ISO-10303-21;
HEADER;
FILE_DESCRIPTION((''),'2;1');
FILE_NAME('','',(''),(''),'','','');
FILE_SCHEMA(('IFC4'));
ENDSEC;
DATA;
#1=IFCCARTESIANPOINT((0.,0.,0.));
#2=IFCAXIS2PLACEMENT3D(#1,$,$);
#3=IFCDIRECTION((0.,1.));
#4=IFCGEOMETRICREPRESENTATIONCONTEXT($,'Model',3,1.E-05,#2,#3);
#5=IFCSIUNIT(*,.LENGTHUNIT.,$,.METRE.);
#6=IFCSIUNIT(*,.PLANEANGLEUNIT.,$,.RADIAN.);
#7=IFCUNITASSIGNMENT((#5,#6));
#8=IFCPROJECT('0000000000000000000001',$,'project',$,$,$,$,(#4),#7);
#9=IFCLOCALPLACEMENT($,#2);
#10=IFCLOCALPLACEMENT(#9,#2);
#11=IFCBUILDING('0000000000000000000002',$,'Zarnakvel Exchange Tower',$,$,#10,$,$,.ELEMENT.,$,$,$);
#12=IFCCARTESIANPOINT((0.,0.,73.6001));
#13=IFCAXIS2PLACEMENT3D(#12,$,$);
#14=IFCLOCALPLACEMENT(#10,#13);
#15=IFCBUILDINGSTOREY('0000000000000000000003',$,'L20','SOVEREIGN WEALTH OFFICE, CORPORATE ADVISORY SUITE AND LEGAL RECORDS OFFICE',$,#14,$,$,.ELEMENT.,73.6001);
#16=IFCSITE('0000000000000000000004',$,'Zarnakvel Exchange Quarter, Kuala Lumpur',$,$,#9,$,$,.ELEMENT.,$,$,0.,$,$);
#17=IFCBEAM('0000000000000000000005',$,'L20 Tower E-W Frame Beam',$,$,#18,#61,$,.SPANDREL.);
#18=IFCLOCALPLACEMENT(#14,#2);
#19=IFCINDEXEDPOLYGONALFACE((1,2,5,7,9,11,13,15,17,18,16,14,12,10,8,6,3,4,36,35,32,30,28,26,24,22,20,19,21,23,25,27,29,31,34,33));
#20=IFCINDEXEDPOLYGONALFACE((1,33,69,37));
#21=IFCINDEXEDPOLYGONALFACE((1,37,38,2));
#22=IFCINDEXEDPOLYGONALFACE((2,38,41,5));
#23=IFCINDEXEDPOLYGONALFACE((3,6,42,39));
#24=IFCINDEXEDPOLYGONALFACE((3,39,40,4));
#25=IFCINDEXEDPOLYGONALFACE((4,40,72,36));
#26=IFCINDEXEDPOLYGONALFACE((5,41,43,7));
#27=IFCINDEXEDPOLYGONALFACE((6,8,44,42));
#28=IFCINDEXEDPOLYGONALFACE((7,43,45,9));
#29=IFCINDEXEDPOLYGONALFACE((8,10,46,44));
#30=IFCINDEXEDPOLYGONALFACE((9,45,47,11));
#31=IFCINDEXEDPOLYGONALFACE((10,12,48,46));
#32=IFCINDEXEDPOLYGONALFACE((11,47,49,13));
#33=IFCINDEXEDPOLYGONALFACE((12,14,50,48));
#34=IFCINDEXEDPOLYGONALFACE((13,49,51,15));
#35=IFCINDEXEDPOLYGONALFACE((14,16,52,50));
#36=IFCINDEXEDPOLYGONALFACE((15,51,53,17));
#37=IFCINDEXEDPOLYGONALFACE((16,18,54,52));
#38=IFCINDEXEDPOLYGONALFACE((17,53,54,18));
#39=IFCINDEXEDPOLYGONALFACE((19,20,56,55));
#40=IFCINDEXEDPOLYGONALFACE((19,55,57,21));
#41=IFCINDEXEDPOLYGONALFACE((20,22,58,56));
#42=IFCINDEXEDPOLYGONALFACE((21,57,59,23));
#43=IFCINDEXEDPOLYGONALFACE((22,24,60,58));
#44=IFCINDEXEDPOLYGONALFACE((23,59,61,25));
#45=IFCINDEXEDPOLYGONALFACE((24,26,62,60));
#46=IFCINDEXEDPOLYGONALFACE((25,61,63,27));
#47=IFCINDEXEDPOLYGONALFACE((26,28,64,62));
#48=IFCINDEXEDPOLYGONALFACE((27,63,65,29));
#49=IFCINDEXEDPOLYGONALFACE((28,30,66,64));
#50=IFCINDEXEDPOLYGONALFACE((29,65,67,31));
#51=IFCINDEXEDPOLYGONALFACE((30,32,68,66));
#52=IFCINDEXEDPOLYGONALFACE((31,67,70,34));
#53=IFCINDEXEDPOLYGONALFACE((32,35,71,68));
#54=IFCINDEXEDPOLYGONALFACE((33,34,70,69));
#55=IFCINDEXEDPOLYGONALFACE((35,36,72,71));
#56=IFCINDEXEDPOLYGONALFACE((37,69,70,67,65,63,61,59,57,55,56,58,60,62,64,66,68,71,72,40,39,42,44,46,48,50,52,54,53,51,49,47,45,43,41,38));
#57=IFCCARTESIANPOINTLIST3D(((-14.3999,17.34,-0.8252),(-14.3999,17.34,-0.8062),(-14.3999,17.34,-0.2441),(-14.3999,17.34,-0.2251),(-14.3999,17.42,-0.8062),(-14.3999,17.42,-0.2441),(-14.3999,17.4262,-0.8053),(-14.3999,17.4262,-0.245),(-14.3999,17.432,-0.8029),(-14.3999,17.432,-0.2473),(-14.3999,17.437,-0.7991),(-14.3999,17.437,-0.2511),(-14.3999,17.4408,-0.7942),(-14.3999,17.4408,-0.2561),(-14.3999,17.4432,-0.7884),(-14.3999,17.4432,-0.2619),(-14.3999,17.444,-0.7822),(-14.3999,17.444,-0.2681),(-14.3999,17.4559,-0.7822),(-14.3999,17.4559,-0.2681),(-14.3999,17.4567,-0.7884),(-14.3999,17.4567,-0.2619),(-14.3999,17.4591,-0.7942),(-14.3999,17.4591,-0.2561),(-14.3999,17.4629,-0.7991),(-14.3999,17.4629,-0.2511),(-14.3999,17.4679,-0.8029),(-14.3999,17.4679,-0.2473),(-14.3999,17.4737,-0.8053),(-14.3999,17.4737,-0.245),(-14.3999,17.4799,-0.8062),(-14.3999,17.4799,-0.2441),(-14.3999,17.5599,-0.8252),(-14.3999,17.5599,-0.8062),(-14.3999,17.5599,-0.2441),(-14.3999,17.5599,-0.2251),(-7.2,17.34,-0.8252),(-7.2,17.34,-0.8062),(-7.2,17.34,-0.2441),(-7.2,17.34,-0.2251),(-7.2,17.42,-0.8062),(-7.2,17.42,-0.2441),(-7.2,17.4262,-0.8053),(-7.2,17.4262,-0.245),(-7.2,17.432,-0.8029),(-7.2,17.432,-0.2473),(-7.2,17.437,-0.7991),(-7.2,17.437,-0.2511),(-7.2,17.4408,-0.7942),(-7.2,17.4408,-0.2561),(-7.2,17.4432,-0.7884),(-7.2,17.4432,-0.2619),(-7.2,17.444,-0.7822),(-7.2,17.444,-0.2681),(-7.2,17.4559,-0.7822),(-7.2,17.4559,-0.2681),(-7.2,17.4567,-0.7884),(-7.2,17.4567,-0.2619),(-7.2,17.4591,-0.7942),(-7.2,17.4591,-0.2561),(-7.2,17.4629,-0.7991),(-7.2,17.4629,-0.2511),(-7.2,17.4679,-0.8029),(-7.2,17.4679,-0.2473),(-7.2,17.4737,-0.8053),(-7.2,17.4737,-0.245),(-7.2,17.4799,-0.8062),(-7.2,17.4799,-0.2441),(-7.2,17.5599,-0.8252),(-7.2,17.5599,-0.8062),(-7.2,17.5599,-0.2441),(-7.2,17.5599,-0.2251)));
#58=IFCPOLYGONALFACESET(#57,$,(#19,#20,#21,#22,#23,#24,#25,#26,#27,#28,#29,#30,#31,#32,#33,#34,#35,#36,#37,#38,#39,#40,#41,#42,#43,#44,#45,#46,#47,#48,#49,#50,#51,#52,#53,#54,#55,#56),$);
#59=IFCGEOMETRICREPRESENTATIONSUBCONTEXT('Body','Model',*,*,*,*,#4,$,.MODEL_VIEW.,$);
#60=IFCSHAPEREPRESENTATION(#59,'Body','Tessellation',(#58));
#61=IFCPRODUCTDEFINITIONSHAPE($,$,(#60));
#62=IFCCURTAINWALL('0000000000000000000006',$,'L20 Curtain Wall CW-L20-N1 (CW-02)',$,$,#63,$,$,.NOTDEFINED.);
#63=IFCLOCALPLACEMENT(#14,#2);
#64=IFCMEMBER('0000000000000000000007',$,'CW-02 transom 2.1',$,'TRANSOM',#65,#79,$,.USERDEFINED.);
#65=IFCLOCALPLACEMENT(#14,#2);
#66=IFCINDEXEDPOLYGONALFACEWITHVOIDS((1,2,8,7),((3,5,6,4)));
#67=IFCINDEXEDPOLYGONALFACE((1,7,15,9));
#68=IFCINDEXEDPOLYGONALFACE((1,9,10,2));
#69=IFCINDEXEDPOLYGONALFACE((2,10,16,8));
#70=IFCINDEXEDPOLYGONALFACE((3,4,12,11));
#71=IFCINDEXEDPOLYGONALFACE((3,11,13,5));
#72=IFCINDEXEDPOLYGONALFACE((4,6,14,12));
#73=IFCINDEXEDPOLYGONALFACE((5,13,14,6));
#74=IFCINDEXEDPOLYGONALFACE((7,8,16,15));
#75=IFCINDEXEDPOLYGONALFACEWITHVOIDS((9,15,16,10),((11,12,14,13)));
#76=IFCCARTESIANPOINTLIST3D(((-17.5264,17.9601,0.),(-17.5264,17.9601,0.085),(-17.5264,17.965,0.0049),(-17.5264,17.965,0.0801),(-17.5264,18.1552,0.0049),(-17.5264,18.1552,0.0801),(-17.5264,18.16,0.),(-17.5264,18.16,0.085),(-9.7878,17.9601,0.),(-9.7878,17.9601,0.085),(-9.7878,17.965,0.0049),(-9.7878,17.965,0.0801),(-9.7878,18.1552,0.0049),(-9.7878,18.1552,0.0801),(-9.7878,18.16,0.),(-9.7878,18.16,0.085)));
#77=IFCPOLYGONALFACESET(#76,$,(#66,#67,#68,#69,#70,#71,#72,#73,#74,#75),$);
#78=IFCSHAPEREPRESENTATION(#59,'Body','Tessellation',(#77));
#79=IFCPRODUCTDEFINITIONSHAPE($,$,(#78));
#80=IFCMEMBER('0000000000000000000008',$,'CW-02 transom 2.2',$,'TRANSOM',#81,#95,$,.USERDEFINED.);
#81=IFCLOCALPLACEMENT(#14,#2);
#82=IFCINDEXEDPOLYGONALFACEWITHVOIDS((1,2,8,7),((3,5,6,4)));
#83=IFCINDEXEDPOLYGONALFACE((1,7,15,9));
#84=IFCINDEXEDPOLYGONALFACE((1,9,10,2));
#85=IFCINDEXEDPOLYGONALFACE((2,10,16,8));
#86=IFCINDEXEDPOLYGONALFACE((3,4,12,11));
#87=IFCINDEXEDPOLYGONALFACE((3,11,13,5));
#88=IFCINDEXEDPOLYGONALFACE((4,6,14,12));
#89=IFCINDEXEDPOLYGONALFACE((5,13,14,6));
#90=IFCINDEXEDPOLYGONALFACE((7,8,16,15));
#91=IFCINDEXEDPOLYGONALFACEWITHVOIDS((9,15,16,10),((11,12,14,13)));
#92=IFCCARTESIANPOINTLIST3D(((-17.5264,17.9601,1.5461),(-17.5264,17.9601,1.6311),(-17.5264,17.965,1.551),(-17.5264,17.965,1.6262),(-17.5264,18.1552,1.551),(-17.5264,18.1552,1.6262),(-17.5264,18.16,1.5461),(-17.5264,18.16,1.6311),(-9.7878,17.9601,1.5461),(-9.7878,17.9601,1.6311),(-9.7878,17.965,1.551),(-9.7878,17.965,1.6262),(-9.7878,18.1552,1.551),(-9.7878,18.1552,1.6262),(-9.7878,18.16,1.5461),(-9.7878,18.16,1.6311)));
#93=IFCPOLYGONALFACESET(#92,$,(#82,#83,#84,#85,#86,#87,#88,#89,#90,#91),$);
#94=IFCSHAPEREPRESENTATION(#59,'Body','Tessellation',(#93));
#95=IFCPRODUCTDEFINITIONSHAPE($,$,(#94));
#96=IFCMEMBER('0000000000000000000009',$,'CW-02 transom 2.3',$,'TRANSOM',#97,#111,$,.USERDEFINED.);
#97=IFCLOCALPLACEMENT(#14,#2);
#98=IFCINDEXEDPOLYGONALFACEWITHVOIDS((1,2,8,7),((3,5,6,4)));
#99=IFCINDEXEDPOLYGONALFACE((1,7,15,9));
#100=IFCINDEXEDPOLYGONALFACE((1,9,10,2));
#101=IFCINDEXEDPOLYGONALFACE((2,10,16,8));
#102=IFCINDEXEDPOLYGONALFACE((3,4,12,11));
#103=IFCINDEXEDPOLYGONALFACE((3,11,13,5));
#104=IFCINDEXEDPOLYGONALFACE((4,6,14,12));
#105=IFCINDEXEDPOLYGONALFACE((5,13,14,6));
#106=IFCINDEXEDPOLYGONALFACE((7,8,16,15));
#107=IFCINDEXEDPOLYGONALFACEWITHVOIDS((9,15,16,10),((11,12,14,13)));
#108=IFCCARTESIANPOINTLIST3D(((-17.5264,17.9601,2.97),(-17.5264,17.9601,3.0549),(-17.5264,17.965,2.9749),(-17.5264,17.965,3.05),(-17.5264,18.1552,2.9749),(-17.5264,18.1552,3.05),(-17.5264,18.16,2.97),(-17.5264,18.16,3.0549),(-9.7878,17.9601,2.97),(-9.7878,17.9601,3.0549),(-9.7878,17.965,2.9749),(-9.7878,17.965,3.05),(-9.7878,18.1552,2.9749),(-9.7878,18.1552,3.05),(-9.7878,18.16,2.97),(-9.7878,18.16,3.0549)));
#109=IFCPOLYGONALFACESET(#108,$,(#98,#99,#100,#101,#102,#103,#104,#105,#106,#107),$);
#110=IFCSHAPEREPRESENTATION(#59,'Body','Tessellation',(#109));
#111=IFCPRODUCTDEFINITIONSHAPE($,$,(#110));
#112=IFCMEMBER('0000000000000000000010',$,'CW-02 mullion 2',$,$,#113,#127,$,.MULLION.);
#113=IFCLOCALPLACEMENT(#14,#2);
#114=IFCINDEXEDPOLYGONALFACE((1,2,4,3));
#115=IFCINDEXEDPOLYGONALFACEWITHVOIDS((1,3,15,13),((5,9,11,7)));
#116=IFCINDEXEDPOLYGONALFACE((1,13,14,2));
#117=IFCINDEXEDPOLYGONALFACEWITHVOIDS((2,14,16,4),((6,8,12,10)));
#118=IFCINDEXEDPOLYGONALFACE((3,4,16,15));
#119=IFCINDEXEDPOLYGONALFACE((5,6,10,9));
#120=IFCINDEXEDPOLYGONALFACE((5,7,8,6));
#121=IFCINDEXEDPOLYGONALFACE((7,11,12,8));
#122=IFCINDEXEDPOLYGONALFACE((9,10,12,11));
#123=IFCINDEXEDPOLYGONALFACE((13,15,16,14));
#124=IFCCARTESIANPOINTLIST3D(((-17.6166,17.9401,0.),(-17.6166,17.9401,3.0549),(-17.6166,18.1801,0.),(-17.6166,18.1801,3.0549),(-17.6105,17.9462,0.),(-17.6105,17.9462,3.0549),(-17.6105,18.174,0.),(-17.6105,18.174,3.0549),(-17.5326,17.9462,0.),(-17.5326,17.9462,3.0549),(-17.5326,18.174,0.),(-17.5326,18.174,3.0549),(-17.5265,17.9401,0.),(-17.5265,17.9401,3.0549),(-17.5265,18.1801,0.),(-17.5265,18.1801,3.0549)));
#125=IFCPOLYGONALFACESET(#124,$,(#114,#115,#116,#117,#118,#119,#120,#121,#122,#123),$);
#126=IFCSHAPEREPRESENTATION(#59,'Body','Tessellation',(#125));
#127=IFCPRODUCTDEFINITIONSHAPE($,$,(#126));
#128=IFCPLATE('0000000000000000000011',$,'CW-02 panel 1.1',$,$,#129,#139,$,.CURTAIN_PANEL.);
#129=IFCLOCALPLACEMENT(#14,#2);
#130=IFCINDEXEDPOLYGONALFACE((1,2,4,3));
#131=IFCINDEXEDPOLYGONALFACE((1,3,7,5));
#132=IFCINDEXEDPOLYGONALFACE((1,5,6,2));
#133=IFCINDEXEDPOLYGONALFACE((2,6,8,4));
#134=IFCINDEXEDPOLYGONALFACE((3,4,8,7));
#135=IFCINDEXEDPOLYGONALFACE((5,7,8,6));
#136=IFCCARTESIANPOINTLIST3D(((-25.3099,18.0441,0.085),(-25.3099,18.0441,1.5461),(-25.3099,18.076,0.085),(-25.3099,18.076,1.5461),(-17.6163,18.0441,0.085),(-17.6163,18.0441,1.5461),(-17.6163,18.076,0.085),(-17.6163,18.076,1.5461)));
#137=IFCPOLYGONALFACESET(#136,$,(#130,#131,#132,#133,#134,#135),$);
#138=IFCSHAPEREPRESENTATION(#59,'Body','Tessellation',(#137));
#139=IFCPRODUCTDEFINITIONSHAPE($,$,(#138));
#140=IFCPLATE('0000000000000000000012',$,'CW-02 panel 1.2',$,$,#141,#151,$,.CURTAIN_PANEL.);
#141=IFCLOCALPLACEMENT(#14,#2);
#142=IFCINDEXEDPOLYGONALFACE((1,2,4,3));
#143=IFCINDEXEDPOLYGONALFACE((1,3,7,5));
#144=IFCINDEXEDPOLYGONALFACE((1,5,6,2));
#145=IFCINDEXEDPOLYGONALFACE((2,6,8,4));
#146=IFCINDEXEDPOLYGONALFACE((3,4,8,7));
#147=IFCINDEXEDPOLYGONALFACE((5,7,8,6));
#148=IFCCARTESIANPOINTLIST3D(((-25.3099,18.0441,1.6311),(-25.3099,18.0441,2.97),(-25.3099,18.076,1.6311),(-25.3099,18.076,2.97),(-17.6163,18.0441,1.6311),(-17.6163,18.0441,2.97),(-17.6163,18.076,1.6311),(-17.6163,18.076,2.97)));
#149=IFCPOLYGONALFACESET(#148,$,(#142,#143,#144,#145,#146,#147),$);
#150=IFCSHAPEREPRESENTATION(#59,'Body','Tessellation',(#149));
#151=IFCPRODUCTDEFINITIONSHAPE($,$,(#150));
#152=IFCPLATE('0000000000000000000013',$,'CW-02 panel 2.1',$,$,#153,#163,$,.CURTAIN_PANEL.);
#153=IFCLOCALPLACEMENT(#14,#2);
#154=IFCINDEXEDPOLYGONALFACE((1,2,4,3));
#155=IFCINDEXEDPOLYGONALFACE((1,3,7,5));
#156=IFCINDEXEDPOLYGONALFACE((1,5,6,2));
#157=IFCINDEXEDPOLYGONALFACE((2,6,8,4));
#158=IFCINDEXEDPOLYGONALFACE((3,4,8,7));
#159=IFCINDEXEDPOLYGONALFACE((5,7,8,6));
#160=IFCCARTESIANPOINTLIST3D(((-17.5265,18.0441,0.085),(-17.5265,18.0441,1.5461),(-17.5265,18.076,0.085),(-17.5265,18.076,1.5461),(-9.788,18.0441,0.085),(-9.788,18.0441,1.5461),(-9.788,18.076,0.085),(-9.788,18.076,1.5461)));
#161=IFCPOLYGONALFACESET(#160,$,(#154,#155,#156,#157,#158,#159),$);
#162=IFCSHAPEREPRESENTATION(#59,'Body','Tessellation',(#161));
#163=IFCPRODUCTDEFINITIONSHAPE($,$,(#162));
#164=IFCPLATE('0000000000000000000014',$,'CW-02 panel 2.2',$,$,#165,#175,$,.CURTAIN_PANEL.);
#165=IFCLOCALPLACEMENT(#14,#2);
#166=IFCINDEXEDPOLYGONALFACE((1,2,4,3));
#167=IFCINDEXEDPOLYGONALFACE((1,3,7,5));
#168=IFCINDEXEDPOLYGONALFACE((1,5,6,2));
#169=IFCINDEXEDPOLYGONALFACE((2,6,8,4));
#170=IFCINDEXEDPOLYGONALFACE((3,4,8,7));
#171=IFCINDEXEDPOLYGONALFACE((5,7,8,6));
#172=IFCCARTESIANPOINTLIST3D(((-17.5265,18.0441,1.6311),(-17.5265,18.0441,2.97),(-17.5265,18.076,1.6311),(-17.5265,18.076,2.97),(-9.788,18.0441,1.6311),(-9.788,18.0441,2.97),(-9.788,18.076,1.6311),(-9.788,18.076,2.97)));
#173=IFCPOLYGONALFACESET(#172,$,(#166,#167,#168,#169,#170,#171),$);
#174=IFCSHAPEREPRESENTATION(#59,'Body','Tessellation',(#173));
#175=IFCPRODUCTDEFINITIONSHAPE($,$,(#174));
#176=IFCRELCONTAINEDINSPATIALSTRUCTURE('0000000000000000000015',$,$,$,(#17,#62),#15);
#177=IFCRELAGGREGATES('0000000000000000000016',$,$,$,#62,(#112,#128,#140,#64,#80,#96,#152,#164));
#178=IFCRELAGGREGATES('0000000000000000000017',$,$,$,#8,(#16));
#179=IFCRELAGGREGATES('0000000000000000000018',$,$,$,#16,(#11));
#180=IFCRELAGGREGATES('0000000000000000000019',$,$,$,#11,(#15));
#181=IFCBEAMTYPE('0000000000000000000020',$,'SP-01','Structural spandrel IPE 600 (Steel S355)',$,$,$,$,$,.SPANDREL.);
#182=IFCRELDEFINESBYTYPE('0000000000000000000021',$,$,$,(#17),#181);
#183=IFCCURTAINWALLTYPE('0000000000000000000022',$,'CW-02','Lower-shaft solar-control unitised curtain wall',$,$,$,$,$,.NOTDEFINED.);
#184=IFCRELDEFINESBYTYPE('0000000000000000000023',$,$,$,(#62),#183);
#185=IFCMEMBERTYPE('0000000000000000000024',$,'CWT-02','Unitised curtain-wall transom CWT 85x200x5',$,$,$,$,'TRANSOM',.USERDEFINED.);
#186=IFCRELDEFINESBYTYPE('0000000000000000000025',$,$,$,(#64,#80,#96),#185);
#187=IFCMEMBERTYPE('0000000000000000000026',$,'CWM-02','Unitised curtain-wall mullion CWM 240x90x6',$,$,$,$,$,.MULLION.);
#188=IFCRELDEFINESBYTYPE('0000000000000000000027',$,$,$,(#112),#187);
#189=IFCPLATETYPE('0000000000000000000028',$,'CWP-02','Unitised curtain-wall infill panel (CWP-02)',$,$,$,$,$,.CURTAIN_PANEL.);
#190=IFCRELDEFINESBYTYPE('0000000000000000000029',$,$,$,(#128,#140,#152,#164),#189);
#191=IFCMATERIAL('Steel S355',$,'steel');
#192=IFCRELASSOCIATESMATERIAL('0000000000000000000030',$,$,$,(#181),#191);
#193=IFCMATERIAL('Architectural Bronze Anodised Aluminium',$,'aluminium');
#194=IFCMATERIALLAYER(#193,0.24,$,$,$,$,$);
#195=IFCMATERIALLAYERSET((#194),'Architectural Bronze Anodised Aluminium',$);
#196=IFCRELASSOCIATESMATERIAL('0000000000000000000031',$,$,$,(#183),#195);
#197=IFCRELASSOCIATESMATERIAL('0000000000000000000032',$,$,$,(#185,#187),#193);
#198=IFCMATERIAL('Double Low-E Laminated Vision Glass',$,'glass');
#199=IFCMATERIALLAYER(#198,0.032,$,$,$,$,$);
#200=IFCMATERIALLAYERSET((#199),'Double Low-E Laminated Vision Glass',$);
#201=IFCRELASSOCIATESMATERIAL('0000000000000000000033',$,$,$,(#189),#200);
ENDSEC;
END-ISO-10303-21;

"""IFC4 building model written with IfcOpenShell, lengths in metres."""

from ifc_helpers import new_model, si_unit, direction, frame, origin, origin_2d, place, context, subcontext, project, spatial, rectangle, hollow_rectangle, i_section, extrude, source, transform, mapped, material, layer, layer_set, material_profile, profile_set, type_object, element, aggregate, save


model = new_model("IFC4")

# Units and contexts
model_context = context("Model", 3, precision=1e-05, world=origin(), true_north=direction((0.0, 1.0)))
body_context = subcontext(model_context, "Body", "Model", "MODEL_VIEW")
ifc_project = project(units=[si_unit("LENGTHUNIT", "METRE"), si_unit("PLANEANGLEUNIT", "RADIAN")], contexts=[model_context])

# Site, building, storey
site_placement = place(None, origin())
site = spatial("IfcSite", under=ifc_project, at=site_placement, Name="Zarnakvel Exchange Quarter, Kuala Lumpur", CompositionType="ELEMENT", RefElevation=0.0)
building_placement = place(site_placement, origin())
building = spatial("IfcBuilding", under=site, at=building_placement, Name="Zarnakvel Exchange Tower", CompositionType="ELEMENT")
storey_placement = place(building_placement, frame((0.0, 0.0, 73.6001)))
storey = spatial("IfcBuildingStorey", under=building, at=storey_placement, Name="L20", Description="SOVEREIGN WEALTH OFFICE, CORPORATE ADVISORY SUITE AND LEGAL RECORDS OFFICE", CompositionType="ELEMENT", Elevation=73.6001)

# Beam
ifc_material_1 = material(Name="Steel S355", Category="steel")
ifc_material_profile_1 = material_profile(ifc_material_1, i_section(OverallWidth=0.22, OverallDepth=0.6001, WebThickness=0.012, FlangeThickness=0.019, FilletRadius=0.0239, at=origin_2d()))
ifc_profile_set_1 = profile_set([ifc_material_profile_1], Name="Steel S355")
beam_type_1 = type_object("IfcBeamType", Name="SP-01", Description="Structural spandrel IPE 600 (Steel S355)", PredefinedType="SPANDREL", material=ifc_profile_set_1)
beam_1_placement = place(storey_placement, frame((-14.3999, 17.45, -0.5251), z_axis=(1.0, 0.0, 0.0), x_axis=(0.0, 1.0, 0.0)))
element("IfcBeam", 1, at=beam_1_placement, inside=storey, type_object=beam_type_1, Name="L20 Tower E-W Frame Beam", PredefinedType="SPANDREL", context=body_context, shape_type="SweptSolid", body=[
    extrude(i_section(OverallWidth=0.22, OverallDepth=0.6001, WebThickness=0.012, FlangeThickness=0.019, FilletRadius=0.0239, at=origin_2d()), origin(), (0.0, 0.0, 1.0), 7.2),
])

# Curtain wall, members, plates
ifc_material_2 = material(Name="Architectural Bronze Anodised Aluminium", Category="aluminium")
ifc_layer_1 = layer(ifc_material_2, 0.24)
ifc_layer_set_1 = layer_set([ifc_layer_1], Name="Architectural Bronze Anodised Aluminium")
curtain_wall_type = type_object("IfcCurtainWallType", Name="CW-02", Description="Lower-shaft solar-control unitised curtain wall", PredefinedType="NOTDEFINED", material=ifc_layer_set_1)
curtain_wall_placement = place(storey_placement, origin())
curtain_wall = element("IfcCurtainWall", 2, at=curtain_wall_placement, inside=storey, type_object=curtain_wall_type, Name="L20 Curtain Wall CW-L20-N1 (CW-02)", PredefinedType="NOTDEFINED")
ifc_material_profile_2 = material_profile(ifc_material_2, hollow_rectangle(XDim=0.2, YDim=0.085, WallThickness=0.0049, at=origin_2d()))
ifc_profile_set_2 = profile_set([ifc_material_profile_2], Name="Architectural Bronze Anodised Aluminium")
member_type_1 = type_object("IfcMemberType", Name="CWT-02", Description="Unitised curtain-wall transom CWT 85x200x5", ElementType="TRANSOM", PredefinedType="USERDEFINED", material=ifc_profile_set_2)
shared_shape_1 = source(origin(), body_context, "Body", "SweptSolid", [
    extrude(hollow_rectangle(XDim=0.2, YDim=0.085, WallThickness=0.0049, at=origin_2d()), origin(), (0.0, 0.0, 1.0), 7.7385),
])
member_1_placement = place(storey_placement, frame((-17.5264, 18.0601, 0.0425), z_axis=(1.0, 0.0, 0.0), x_axis=(0.0, 1.0, 0.0)))
member_1 = element("IfcMember", 3, at=member_1_placement, type_object=member_type_1, Name="CW-02 transom 2.1", ObjectType="TRANSOM", PredefinedType="USERDEFINED", context=body_context, shape_type="MappedRepresentation", body=[
    mapped(shared_shape_1, transform((0.0, 0.0, 0.0), x_axis=(1.0, 0.0, 0.0), y_axis=(0.0, 1.0, 0.0), z_axis=(0.0, 0.0, 1.0), scale=1.0)),
])
member_2_placement = place(storey_placement, frame((-17.5264, 18.0601, 1.5886), z_axis=(1.0, 0.0, 0.0), x_axis=(0.0, 1.0, 0.0)))
member_2 = element("IfcMember", 4, at=member_2_placement, type_object=member_type_1, Name="CW-02 transom 2.2", ObjectType="TRANSOM", PredefinedType="USERDEFINED", context=body_context, shape_type="MappedRepresentation", body=[
    mapped(shared_shape_1, transform((0.0, 0.0, 0.0), x_axis=(1.0, 0.0, 0.0), y_axis=(0.0, 1.0, 0.0), z_axis=(0.0, 0.0, 1.0), scale=1.0)),
])
member_3_placement = place(storey_placement, frame((-17.5264, 18.0601, 3.0125), z_axis=(1.0, 0.0, 0.0), x_axis=(0.0, 1.0, 0.0)))
member_3 = element("IfcMember", 5, at=member_3_placement, type_object=member_type_1, Name="CW-02 transom 2.3", ObjectType="TRANSOM", PredefinedType="USERDEFINED", context=body_context, shape_type="MappedRepresentation", body=[
    mapped(shared_shape_1, transform((0.0, 0.0, 0.0), x_axis=(1.0, 0.0, 0.0), y_axis=(0.0, 1.0, 0.0), z_axis=(0.0, 0.0, 1.0), scale=1.0)),
])
ifc_material_profile_3 = material_profile(ifc_material_2, hollow_rectangle(XDim=0.24, YDim=0.0901, WallThickness=0.0061, at=origin_2d()))
ifc_profile_set_3 = profile_set([ifc_material_profile_3], Name="Architectural Bronze Anodised Aluminium")
member_type_2 = type_object("IfcMemberType", Name="CWM-02", Description="Unitised curtain-wall mullion CWM 240x90x6", PredefinedType="MULLION", material=ifc_profile_set_3)
shared_shape_2 = source(origin(), body_context, "Body", "SweptSolid", [
    extrude(hollow_rectangle(XDim=0.24, YDim=0.0901, WallThickness=0.0061, at=origin_2d()), origin(), (0.0, 0.0, 1.0), 3.0549),
])
member_4_placement = place(storey_placement, frame((-17.5715, 18.0601, 0.0), z_axis=(0.0, 0.0, 1.0), x_axis=(0.0, 1.0, 0.0)))
member_4 = element("IfcMember", 6, at=member_4_placement, type_object=member_type_2, Name="CW-02 mullion 2", PredefinedType="MULLION", context=body_context, shape_type="MappedRepresentation", body=[
    mapped(shared_shape_2, transform((0.0, 0.0, 0.0), x_axis=(1.0, 0.0, 0.0), y_axis=(0.0, 1.0, 0.0), z_axis=(0.0, 0.0, 1.0), scale=1.0)),
])
ifc_material_3 = material(Name="Double Low-E Laminated Vision Glass", Category="glass")
ifc_layer_2 = layer(ifc_material_3, 0.032)
ifc_layer_set_2 = layer_set([ifc_layer_2], Name="Double Low-E Laminated Vision Glass")
plate_type = type_object("IfcPlateType", Name="CWP-02", Description="Unitised curtain-wall infill panel (CWP-02)", PredefinedType="CURTAIN_PANEL", material=ifc_layer_set_2)
shared_shape_3 = source(origin(), body_context, "Body", "SweptSolid", [
    extrude(rectangle(XDim=7.6936, YDim=0.032, at=origin_2d()), origin(), (0.0, 0.0, 1.0), 1.4612),
])
plate_1_placement = place(storey_placement, frame((-21.4631, 18.0601, 0.085), z_axis=(0.0, 0.0, 1.0), x_axis=(1.0, 0.0, 0.0)))
plate_1 = element("IfcPlate", 7, at=plate_1_placement, type_object=plate_type, Name="CW-02 panel 1.1", PredefinedType="CURTAIN_PANEL", context=body_context, shape_type="MappedRepresentation", body=[
    mapped(shared_shape_3, transform((0.0, 0.0, 0.0), x_axis=(1.0, 0.0, 0.0), y_axis=(0.0, 1.0, 0.0), z_axis=(0.0, 0.0, 1.0), scale=1.0)),
])
shared_shape_4 = source(origin(), body_context, "Body", "SweptSolid", [
    extrude(rectangle(XDim=7.6936, YDim=0.032, at=origin_2d()), origin(), (0.0, 0.0, 1.0), 1.3389),
])
plate_2_placement = place(storey_placement, frame((-21.4631, 18.0601, 1.6311), z_axis=(0.0, 0.0, 1.0), x_axis=(1.0, 0.0, 0.0)))
plate_2 = element("IfcPlate", 8, at=plate_2_placement, type_object=plate_type, Name="CW-02 panel 1.2", PredefinedType="CURTAIN_PANEL", context=body_context, shape_type="MappedRepresentation", body=[
    mapped(shared_shape_4, transform((0.0, 0.0, 0.0), x_axis=(1.0, 0.0, 0.0), y_axis=(0.0, 1.0, 0.0), z_axis=(0.0, 0.0, 1.0), scale=1.0)),
])
shared_shape_5 = source(origin(), body_context, "Body", "SweptSolid", [
    extrude(rectangle(XDim=7.7385, YDim=0.032, at=origin_2d()), origin(), (0.0, 0.0, 1.0), 1.4612),
])
plate_3_placement = place(storey_placement, frame((-13.6572, 18.0601, 0.085), z_axis=(0.0, 0.0, 1.0), x_axis=(1.0, 0.0, 0.0)))
plate_3 = element("IfcPlate", 9, at=plate_3_placement, type_object=plate_type, Name="CW-02 panel 2.1", PredefinedType="CURTAIN_PANEL", context=body_context, shape_type="MappedRepresentation", body=[
    mapped(shared_shape_5, transform((0.0, 0.0, 0.0), x_axis=(1.0, 0.0, 0.0), y_axis=(0.0, 1.0, 0.0), z_axis=(0.0, 0.0, 1.0), scale=1.0)),
])
shared_shape_6 = source(origin(), body_context, "Body", "SweptSolid", [
    extrude(rectangle(XDim=7.7385, YDim=0.032, at=origin_2d()), origin(), (0.0, 0.0, 1.0), 1.3389),
])
plate_4_placement = place(storey_placement, frame((-13.6572, 18.0601, 1.6311), z_axis=(0.0, 0.0, 1.0), x_axis=(1.0, 0.0, 0.0)))
plate_4 = element("IfcPlate", 10, at=plate_4_placement, type_object=plate_type, Name="CW-02 panel 2.2", PredefinedType="CURTAIN_PANEL", context=body_context, shape_type="MappedRepresentation", body=[
    mapped(shared_shape_6, transform((0.0, 0.0, 0.0), x_axis=(1.0, 0.0, 0.0), y_axis=(0.0, 1.0, 0.0), z_axis=(0.0, 0.0, 1.0), scale=1.0)),
])
aggregate(curtain_wall, [member_4, plate_1, plate_2, member_1, member_2, member_3, plate_3, plate_4])

save(model, "model.ifc")
